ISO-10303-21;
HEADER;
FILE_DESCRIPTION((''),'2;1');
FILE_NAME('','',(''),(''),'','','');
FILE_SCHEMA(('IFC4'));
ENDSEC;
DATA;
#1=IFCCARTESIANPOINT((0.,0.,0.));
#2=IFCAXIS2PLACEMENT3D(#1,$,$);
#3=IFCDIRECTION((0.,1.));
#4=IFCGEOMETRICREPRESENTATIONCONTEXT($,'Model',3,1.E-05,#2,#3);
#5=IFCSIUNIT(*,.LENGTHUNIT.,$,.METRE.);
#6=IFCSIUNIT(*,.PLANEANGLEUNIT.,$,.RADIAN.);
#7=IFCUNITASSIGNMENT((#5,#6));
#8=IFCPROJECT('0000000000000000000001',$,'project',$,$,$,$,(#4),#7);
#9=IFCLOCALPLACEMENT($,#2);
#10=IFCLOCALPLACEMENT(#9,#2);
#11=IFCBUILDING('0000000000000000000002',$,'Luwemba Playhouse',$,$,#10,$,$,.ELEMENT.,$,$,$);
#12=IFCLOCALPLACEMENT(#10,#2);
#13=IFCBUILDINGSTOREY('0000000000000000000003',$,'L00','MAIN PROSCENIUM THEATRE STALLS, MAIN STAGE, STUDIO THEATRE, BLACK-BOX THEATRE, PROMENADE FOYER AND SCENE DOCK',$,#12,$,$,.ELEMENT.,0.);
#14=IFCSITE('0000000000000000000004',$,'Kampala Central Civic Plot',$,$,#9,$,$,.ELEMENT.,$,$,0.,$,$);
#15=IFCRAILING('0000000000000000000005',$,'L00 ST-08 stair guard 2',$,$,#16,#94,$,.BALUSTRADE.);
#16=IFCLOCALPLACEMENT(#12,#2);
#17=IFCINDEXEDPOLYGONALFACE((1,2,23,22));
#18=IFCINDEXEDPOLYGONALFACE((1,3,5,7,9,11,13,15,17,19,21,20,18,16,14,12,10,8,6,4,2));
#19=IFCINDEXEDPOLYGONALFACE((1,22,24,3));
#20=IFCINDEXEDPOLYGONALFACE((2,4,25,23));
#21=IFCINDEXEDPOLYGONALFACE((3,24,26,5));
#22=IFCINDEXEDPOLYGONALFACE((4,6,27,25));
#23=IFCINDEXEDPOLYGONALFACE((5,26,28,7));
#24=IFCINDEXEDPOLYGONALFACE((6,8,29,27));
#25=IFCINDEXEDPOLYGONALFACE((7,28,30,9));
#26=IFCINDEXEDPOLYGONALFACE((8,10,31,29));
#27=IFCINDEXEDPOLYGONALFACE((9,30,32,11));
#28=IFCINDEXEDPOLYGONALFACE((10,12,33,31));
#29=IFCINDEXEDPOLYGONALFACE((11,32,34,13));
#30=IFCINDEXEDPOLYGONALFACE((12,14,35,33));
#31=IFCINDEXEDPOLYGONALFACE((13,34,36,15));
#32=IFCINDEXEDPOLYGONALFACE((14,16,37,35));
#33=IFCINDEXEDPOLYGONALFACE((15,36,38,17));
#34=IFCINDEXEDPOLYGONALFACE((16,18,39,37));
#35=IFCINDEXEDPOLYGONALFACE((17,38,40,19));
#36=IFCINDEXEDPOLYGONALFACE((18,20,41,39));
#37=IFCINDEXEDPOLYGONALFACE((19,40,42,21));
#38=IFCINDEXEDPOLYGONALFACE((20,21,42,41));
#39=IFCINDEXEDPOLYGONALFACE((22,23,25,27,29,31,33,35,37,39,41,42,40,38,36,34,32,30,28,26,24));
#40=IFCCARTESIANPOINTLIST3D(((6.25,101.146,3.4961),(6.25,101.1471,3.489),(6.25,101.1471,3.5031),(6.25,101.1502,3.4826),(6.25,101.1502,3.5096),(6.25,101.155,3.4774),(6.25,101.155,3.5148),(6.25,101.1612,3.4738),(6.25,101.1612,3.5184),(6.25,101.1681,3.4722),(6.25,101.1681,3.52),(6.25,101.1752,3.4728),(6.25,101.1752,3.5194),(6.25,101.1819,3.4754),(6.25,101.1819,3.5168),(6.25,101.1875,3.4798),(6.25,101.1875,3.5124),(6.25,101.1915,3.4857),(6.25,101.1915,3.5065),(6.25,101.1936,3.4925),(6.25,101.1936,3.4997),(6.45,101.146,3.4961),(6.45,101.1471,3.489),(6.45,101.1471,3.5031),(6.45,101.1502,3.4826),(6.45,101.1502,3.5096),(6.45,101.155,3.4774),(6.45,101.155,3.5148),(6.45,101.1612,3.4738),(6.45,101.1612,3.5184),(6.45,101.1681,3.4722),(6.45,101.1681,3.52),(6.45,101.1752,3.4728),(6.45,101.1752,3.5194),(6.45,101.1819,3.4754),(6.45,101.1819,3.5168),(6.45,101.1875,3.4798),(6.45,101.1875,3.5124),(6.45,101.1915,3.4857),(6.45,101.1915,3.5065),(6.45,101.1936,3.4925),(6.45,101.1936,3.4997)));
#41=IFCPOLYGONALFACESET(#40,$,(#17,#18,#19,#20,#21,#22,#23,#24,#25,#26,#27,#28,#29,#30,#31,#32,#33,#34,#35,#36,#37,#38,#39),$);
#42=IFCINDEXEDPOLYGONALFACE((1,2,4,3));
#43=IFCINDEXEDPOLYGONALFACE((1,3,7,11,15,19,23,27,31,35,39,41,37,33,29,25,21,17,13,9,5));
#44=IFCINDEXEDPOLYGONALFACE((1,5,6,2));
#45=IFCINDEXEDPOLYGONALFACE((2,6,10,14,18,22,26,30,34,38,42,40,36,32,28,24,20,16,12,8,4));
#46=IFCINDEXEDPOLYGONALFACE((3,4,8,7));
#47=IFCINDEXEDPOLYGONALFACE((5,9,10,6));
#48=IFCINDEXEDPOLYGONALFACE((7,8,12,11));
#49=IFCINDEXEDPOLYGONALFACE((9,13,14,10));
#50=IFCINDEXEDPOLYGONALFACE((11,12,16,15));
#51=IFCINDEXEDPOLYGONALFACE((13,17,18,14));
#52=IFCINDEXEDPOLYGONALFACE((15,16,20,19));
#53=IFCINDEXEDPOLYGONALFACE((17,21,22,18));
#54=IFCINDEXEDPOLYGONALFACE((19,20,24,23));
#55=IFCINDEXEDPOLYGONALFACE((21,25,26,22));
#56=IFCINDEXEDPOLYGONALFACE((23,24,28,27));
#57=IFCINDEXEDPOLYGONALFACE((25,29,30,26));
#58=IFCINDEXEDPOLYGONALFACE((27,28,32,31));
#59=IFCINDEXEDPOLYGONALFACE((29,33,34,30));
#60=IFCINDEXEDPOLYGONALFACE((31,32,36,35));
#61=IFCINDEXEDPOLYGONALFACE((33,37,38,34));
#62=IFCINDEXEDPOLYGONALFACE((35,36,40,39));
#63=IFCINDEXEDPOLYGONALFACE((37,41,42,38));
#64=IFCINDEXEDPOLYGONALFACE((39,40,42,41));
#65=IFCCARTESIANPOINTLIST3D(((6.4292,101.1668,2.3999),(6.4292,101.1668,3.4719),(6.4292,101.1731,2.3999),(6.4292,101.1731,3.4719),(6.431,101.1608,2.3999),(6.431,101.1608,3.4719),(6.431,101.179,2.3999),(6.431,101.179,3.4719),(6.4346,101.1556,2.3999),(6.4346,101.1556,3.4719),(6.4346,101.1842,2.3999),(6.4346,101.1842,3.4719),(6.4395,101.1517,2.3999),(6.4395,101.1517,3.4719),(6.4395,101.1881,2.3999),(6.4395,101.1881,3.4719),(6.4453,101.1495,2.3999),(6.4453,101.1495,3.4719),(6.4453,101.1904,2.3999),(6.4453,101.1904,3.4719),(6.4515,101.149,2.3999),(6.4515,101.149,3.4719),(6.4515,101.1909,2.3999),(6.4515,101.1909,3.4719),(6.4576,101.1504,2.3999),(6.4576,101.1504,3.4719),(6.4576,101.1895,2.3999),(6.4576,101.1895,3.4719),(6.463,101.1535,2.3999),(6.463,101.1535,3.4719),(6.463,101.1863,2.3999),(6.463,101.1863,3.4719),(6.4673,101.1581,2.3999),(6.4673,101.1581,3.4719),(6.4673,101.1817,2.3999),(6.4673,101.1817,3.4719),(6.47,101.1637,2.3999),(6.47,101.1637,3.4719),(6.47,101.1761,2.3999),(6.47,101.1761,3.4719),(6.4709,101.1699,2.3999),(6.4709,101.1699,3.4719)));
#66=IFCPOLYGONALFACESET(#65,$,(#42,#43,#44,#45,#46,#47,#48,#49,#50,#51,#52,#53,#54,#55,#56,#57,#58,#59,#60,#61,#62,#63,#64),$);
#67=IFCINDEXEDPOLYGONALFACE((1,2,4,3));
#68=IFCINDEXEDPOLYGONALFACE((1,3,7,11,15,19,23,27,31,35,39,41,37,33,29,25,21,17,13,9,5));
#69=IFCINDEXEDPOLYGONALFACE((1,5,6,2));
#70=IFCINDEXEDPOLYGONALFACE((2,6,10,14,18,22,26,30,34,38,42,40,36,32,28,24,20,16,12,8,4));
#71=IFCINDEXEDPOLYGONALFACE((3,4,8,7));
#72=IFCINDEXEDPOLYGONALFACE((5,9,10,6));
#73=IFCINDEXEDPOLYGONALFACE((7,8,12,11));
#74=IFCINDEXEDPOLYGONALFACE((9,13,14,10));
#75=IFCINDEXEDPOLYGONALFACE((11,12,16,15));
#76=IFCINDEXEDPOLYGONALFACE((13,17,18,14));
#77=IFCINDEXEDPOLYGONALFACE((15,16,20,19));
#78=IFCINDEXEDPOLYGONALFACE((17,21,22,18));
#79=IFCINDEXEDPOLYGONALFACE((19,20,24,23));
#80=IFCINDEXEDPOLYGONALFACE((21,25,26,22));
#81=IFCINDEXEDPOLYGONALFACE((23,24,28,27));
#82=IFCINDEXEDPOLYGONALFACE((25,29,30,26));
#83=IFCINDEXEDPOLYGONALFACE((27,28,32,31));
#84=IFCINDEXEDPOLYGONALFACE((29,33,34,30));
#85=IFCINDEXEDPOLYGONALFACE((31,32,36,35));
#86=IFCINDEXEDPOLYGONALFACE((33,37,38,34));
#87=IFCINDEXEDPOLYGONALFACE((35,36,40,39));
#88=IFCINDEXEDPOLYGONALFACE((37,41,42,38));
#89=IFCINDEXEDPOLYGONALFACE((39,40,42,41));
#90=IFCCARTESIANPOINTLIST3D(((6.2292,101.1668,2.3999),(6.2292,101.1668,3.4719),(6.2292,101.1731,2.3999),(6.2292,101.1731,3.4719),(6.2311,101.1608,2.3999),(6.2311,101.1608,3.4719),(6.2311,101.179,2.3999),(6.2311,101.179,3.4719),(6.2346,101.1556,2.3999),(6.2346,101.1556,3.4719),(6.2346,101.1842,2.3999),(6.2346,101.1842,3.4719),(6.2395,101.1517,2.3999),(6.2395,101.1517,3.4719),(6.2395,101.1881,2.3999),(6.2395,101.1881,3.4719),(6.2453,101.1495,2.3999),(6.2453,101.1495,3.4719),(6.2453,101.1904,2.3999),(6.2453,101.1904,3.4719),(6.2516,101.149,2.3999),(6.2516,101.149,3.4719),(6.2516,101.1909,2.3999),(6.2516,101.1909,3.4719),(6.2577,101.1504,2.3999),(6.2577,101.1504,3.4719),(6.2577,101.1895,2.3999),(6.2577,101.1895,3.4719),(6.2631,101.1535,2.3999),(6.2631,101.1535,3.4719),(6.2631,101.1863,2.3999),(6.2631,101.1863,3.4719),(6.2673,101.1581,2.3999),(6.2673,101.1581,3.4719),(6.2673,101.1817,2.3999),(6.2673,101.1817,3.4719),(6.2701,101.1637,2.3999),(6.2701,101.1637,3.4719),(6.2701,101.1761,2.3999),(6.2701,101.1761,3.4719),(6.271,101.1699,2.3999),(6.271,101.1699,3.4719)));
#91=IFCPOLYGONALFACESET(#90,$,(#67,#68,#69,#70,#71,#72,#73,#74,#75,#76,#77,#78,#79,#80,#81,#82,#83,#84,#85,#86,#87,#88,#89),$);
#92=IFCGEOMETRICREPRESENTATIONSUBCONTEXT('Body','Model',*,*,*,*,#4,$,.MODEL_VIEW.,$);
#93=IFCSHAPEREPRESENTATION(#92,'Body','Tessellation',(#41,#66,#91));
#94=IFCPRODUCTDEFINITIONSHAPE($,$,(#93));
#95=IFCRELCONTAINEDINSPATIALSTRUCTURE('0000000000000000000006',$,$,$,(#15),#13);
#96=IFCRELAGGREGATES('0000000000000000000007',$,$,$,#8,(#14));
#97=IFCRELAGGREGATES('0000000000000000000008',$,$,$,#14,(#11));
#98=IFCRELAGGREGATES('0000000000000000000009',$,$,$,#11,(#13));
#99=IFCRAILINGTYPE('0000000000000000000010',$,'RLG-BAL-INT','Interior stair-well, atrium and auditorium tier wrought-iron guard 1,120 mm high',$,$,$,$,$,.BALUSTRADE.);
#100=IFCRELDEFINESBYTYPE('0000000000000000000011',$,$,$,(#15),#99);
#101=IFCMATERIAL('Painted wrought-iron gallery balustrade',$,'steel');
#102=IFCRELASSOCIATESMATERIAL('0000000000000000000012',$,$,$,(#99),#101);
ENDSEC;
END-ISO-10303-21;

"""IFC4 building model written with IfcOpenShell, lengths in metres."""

from ifc_helpers import new_model, si_unit, direction, frame, origin, origin_2d, place, context, subcontext, project, spatial, circle, extrude, material, type_object, element, save


model = new_model("IFC4")

# Units and contexts
model_context = context("Model", 3, precision=1e-05, world=origin(), true_north=direction((0.0, 1.0)))
body_context = subcontext(model_context, "Body", "Model", "MODEL_VIEW")
ifc_project = project(units=[si_unit("LENGTHUNIT", "METRE"), si_unit("PLANEANGLEUNIT", "RADIAN")], contexts=[model_context])

# Site, building, storey
site_placement = place(None, origin())
site = spatial("IfcSite", under=ifc_project, at=site_placement, Name="Kampala Central Civic Plot", CompositionType="ELEMENT", RefElevation=0.0)
building_placement = place(site_placement, origin())
building = spatial("IfcBuilding", under=site, at=building_placement, Name="Luwemba Playhouse", CompositionType="ELEMENT")
storey_placement = place(building_placement, origin())
storey = spatial("IfcBuildingStorey", under=building, at=storey_placement, Name="L00", Description="MAIN PROSCENIUM THEATRE STALLS, MAIN STAGE, STUDIO THEATRE, BLACK-BOX THEATRE, PROMENADE FOYER AND SCENE DOCK", CompositionType="ELEMENT", Elevation=0.0)

# Railing
ifc_material_1 = material(Name="Painted wrought-iron gallery balustrade", Category="steel")
railing_type_1 = type_object("IfcRailingType", Name="RLG-BAL-INT", Description="Interior stair-well, atrium and auditorium tier wrought-iron guard 1,120 mm high", PredefinedType="BALUSTRADE", material=ifc_material_1)
railing_1_placement = place(storey_placement, frame((6.45, 101.1699, 2.3999)))
element("IfcRailing", 1, at=railing_1_placement, inside=storey, type_object=railing_type_1, Name="L00 ST-08 stair guard 2", PredefinedType="BALUSTRADE", context=body_context, shape_type="SweptSolid", body=[
    extrude(circle(Radius=0.0239, at=origin_2d()), frame((0.0, 0.0, 1.0962), z_axis=(-1.0, 0.0, 0.0), x_axis=(0.0, -1.0, 0.0)), (0.0, 0.0, 1.0), 0.2),
    extrude(circle(Radius=0.021, at=origin_2d()), origin(), (0.0, 0.0, 1.0), 1.072),
    extrude(circle(Radius=0.021, at=origin_2d()), frame((-0.2, 0.0, 0.0)), (0.0, 0.0, 1.0), 1.072),
])

save(model, "model.ifc")
